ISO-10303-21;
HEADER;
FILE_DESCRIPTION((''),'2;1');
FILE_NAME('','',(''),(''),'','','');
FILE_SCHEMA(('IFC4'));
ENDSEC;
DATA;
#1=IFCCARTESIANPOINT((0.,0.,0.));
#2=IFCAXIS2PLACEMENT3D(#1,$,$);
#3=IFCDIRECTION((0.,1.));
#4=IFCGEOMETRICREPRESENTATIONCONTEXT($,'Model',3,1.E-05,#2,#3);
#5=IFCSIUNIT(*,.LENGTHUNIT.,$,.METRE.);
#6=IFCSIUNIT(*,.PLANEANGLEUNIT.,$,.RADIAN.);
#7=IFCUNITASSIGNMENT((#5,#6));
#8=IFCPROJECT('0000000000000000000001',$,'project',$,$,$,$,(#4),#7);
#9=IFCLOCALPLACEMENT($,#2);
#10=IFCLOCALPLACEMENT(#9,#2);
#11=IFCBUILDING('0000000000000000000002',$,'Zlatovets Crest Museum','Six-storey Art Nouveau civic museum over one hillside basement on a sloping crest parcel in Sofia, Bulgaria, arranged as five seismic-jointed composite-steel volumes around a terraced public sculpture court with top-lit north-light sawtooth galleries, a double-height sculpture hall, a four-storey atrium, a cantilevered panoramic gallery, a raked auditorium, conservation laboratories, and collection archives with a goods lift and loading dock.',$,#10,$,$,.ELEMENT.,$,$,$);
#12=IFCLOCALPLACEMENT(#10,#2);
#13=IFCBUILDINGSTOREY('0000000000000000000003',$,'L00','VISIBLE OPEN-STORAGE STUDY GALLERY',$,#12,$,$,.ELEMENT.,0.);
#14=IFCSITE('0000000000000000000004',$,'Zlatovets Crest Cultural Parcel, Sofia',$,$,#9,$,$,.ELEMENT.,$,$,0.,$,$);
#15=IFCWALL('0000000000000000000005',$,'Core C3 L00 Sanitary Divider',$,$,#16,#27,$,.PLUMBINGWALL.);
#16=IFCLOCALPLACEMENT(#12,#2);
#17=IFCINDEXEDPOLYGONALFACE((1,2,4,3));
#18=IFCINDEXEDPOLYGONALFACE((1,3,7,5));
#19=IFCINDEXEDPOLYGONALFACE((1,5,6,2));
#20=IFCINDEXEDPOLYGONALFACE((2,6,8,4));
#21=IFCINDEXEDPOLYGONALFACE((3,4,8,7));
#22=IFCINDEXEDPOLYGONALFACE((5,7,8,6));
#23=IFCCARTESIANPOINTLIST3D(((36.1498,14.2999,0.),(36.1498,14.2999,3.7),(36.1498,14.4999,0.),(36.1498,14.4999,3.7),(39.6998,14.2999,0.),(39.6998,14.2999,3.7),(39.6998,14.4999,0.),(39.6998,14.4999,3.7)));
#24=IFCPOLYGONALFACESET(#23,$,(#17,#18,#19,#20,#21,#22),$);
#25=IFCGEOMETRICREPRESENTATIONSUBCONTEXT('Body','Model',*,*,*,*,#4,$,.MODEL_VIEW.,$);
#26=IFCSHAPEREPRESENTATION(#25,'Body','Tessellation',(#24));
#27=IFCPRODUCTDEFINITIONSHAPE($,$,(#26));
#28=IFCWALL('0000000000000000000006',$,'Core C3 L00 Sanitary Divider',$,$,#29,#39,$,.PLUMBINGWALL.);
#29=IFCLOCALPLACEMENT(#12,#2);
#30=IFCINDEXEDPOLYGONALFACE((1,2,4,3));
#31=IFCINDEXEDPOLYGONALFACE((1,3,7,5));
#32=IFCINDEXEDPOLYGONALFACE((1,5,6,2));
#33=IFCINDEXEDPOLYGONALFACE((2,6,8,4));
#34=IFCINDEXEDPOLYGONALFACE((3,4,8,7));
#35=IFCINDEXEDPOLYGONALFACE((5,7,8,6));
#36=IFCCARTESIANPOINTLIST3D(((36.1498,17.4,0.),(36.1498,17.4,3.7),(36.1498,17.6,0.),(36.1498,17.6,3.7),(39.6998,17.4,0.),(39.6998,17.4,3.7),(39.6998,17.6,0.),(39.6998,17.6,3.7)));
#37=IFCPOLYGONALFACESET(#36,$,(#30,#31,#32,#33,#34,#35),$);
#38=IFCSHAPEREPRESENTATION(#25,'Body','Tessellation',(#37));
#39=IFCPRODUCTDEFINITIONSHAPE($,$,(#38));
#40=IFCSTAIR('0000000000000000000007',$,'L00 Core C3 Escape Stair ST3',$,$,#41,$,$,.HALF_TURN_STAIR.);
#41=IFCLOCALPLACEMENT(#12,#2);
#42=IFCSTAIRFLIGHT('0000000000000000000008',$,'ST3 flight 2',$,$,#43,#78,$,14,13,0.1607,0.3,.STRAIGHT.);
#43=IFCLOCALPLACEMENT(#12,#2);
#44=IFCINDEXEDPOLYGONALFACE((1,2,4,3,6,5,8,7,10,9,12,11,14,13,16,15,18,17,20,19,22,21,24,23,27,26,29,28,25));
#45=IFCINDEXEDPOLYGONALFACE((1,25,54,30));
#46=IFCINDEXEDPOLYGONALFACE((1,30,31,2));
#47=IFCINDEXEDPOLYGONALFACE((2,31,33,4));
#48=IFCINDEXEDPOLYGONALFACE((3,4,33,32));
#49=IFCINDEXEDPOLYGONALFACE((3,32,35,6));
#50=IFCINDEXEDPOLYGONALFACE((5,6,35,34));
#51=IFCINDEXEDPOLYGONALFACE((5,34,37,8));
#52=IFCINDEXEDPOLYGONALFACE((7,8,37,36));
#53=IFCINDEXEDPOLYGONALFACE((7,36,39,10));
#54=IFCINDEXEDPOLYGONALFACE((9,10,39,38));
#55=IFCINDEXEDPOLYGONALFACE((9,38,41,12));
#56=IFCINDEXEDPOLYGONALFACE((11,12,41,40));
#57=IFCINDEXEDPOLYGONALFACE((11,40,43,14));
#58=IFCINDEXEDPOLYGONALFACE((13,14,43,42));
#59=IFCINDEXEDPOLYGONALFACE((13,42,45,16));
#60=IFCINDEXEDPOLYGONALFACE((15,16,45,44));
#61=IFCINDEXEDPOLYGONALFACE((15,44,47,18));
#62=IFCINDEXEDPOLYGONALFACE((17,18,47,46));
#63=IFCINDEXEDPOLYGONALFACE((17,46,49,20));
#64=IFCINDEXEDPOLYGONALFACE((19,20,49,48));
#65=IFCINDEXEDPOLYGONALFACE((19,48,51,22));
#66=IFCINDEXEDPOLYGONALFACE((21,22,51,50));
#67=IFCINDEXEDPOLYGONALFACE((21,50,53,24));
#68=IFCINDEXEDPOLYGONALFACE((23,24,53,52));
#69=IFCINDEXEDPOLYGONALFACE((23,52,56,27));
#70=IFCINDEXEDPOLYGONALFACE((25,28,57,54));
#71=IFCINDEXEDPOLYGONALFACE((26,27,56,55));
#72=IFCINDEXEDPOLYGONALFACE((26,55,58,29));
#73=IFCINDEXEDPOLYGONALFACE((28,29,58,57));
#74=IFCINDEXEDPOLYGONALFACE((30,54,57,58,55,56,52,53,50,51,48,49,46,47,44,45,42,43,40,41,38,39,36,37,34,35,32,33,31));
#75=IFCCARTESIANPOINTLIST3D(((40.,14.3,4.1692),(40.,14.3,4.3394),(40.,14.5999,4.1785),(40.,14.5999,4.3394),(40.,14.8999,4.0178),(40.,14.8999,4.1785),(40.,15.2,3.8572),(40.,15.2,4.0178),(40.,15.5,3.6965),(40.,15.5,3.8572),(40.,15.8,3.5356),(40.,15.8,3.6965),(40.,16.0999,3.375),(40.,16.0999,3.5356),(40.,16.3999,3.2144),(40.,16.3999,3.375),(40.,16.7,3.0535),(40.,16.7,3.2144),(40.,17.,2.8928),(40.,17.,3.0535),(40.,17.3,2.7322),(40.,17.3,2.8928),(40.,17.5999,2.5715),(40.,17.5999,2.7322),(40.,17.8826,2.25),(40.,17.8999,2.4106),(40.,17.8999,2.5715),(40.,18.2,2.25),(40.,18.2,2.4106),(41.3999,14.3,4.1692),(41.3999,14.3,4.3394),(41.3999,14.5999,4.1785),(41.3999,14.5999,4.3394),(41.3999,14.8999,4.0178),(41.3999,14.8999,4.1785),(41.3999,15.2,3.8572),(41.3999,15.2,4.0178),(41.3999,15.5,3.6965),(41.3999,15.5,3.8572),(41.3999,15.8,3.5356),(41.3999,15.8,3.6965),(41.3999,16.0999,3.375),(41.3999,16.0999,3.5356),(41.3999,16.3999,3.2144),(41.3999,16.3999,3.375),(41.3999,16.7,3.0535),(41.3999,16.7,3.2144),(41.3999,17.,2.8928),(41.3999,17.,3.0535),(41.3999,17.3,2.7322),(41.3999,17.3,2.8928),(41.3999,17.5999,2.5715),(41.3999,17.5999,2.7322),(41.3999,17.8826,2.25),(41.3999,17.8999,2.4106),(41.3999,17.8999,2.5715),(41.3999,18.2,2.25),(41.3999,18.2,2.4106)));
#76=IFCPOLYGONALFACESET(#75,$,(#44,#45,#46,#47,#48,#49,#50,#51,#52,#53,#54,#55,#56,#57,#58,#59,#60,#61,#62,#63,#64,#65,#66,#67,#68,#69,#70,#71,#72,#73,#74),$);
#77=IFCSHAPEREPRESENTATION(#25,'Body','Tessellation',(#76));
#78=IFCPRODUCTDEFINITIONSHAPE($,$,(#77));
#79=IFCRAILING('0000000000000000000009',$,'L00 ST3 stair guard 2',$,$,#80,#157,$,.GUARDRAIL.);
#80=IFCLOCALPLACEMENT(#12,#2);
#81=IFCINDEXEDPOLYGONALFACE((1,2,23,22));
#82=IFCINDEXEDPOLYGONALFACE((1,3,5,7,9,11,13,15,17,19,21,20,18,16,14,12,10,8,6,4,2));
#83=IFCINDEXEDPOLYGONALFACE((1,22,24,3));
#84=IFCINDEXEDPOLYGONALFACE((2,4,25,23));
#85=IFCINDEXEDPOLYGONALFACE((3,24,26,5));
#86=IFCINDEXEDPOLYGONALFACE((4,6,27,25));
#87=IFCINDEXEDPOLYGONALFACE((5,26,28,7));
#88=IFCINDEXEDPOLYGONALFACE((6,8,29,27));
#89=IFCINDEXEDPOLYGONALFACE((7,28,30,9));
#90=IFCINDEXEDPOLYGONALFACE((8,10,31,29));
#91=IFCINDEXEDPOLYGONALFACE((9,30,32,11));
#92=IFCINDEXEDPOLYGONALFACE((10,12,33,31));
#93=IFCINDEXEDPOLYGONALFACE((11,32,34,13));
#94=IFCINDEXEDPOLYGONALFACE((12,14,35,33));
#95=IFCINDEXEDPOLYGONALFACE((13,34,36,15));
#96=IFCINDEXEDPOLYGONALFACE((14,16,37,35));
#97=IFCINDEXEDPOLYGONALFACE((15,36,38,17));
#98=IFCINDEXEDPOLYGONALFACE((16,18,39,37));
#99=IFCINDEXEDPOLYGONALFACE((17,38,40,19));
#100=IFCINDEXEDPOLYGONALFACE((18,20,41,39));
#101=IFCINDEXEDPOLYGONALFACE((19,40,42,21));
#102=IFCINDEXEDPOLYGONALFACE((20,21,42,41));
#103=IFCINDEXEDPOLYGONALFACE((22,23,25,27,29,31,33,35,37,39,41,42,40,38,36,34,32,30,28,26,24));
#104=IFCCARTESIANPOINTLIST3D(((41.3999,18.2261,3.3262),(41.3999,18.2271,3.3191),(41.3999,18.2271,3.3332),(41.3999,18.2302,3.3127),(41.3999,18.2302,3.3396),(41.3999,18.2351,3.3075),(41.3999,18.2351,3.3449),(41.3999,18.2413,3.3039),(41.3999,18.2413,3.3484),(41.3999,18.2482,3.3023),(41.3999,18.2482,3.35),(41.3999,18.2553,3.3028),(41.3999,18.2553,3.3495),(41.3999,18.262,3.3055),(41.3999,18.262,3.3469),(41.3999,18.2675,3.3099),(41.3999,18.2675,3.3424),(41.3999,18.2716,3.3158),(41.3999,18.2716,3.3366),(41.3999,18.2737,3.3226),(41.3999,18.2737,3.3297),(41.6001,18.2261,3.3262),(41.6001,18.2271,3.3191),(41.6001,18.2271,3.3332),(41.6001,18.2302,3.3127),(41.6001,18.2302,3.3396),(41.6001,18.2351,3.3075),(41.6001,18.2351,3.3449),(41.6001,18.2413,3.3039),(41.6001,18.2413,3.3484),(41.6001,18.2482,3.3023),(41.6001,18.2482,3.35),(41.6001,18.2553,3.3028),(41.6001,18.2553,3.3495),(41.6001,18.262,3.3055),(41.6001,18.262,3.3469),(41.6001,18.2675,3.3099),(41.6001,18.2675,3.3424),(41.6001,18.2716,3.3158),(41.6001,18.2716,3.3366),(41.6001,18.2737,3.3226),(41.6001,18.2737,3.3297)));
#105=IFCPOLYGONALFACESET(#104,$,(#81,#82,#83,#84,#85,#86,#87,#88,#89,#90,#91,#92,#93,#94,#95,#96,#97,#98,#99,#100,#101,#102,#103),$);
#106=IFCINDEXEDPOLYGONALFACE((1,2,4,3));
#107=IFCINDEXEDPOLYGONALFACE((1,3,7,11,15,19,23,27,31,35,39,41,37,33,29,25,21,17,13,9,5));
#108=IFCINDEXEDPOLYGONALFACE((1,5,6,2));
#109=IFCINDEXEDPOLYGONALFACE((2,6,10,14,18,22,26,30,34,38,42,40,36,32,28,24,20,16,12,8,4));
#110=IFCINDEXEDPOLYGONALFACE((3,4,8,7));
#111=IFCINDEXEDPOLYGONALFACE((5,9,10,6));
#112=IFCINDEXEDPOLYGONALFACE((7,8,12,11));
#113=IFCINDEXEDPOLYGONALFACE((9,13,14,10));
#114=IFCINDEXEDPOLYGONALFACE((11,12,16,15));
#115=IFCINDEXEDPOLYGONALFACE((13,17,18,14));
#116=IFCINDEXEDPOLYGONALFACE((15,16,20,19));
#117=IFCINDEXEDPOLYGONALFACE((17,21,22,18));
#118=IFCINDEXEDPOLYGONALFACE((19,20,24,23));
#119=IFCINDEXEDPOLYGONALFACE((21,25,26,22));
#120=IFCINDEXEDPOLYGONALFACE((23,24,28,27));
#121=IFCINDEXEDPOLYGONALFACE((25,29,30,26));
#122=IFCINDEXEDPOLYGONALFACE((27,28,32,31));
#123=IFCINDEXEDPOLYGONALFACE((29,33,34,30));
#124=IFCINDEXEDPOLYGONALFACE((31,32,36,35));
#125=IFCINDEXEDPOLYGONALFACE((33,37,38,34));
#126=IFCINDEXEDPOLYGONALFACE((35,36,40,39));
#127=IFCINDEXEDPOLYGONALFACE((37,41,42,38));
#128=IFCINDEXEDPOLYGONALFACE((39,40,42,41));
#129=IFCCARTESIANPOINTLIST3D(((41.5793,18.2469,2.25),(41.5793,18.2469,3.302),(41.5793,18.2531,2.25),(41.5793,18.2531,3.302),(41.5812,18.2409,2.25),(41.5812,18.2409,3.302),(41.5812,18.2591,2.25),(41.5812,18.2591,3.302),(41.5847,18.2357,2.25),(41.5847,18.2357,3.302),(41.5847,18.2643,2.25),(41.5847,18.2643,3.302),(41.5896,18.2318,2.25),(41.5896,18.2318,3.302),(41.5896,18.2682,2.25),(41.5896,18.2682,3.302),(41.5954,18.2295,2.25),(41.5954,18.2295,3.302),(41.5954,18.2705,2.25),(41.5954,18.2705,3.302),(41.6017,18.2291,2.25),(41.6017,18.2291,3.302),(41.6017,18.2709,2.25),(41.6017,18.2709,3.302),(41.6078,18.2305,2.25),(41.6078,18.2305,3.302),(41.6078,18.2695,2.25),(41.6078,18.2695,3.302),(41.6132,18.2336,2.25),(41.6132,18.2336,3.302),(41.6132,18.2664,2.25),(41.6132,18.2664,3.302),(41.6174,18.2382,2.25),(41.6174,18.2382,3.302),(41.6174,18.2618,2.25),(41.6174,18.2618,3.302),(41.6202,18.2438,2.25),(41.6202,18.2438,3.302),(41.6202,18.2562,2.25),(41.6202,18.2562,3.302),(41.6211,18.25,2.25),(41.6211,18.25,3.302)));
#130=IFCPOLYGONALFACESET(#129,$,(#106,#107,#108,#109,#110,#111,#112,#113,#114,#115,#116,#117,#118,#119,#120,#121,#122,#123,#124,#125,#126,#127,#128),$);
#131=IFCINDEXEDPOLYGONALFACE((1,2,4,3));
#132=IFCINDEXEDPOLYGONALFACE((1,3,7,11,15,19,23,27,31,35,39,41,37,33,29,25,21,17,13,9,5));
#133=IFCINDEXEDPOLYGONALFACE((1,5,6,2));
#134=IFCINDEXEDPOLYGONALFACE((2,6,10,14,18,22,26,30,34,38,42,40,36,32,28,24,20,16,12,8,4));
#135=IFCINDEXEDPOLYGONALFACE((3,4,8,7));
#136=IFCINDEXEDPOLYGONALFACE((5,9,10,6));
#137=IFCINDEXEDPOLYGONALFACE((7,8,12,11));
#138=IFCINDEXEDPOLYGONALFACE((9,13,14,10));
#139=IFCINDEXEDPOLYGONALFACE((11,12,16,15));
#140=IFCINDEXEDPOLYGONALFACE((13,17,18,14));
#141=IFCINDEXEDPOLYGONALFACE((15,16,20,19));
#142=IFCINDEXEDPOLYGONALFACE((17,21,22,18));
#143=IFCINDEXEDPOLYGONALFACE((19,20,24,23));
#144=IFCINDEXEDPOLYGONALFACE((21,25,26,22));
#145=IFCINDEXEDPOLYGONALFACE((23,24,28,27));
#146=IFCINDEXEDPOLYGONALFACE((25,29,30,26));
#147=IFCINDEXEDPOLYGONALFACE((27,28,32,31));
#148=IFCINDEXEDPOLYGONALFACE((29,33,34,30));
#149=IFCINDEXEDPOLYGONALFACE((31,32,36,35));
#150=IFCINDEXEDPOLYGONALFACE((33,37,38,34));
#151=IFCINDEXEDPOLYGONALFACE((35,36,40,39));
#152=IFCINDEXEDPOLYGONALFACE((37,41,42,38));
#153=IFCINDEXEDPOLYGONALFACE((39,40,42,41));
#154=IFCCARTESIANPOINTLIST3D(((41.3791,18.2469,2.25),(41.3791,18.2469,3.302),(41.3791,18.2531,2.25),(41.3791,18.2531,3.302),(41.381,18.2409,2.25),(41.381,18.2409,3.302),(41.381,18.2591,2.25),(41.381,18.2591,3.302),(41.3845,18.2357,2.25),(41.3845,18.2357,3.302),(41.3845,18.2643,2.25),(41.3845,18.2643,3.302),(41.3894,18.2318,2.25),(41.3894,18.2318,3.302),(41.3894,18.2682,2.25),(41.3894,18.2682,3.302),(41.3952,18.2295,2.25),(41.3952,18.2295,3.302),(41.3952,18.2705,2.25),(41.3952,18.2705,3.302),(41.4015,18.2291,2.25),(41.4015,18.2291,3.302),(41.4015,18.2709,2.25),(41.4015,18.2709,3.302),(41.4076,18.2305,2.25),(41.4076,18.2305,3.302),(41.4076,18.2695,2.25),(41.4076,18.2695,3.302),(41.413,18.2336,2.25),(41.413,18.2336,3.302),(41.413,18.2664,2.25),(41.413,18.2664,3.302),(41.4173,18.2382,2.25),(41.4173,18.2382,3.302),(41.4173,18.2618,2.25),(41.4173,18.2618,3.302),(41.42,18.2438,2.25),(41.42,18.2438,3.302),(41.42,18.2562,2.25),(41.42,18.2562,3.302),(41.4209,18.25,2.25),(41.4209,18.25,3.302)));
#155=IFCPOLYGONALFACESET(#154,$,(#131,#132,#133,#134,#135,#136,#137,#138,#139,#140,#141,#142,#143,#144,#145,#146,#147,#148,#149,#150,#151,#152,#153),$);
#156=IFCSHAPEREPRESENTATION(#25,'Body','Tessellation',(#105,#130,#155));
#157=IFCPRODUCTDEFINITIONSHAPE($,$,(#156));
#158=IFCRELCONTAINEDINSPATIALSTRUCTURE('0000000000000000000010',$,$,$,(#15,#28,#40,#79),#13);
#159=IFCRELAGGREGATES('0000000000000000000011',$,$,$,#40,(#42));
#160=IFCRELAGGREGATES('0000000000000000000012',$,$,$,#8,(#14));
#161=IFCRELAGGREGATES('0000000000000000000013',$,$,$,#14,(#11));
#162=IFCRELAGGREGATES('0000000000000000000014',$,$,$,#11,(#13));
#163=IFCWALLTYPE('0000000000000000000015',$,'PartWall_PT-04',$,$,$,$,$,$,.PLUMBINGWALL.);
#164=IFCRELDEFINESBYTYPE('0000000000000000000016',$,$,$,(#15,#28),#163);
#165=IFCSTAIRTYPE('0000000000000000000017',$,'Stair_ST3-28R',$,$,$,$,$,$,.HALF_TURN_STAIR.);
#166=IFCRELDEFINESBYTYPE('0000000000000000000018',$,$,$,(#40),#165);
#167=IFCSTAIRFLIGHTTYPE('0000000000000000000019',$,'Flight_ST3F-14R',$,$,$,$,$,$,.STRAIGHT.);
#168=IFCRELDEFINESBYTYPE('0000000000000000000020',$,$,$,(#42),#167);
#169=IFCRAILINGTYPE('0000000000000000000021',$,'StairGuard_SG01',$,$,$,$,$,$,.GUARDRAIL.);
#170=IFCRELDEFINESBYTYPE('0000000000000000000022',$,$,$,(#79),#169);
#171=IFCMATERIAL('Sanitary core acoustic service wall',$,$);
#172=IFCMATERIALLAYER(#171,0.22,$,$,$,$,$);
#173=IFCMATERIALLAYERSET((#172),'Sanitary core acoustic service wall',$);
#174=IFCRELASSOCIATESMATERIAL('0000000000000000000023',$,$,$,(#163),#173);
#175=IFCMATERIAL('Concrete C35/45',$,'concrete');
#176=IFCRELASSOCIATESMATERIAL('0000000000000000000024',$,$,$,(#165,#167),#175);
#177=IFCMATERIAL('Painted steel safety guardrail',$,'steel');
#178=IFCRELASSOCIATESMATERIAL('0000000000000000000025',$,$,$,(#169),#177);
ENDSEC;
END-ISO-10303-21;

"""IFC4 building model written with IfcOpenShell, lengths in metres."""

from ifc_helpers import new_model, si_unit, direction, frame, frame_2d, origin, origin_2d, place, context, subcontext, project, spatial, polyline, rectangle, circle, outline, extrude, material, layer, layer_set, type_object, element, aggregate, save


model = new_model("IFC4")

# Units and contexts
model_context = context("Model", 3, precision=1e-05, world=origin(), true_north=direction((0.0, 1.0)))
body_context = subcontext(model_context, "Body", "Model", "MODEL_VIEW")
ifc_project = project(units=[si_unit("LENGTHUNIT", "METRE"), si_unit("PLANEANGLEUNIT", "RADIAN")], contexts=[model_context])

# Site, building, storey
site_placement = place(None, origin())
site = spatial("IfcSite", under=ifc_project, at=site_placement, Name="Zlatovets Crest Cultural Parcel, Sofia", CompositionType="ELEMENT", RefElevation=0.0)
building_placement = place(site_placement, origin())
building = spatial("IfcBuilding", under=site, at=building_placement, Name="Zlatovets Crest Museum", Description="Six-storey Art Nouveau civic museum over one hillside basement on a sloping crest parcel in Sofia, Bulgaria, arranged as five seismic-jointed composite-steel volumes around a terraced public sculpture court with top-lit north-light sawtooth galleries, a double-height sculpture hall, a four-storey atrium, a cantilevered panoramic gallery, a raked auditorium, conservation laboratories, and collection archives with a goods lift and loading dock.", CompositionType="ELEMENT")
storey_placement = place(building_placement, origin())
storey = spatial("IfcBuildingStorey", under=building, at=storey_placement, Name="L00", Description="VISIBLE OPEN-STORAGE STUDY GALLERY", CompositionType="ELEMENT", Elevation=0.0)

# Shared definitions
ifc_material_1 = material(Name="Concrete C35/45", Category="concrete")

# Walls
ifc_material_2 = material(Name="Sanitary core acoustic service wall")
ifc_layer_1 = layer(ifc_material_2, 0.22)
ifc_layer_set_1 = layer_set([ifc_layer_1], Name="Sanitary core acoustic service wall")
wall_type_1 = type_object("IfcWallType", Name="PartWall_PT-04", PredefinedType="PLUMBINGWALL", material=ifc_layer_set_1)
for number, where, z_axis, x_axis, name in (
    (1, (36.1499, 14.3999, 0.0), (0.0, 0.0, 1.0), (1.0, 0.0, 0.0), "Core C3 L00 Sanitary Divider"),
    (2, (36.1499, 17.5, 0.0), (0.0, 0.0, 1.0), (1.0, 0.0, 0.0), "Core C3 L00 Sanitary Divider"),
):
    element("IfcWall", number, at=place(storey_placement, frame(where, z_axis=z_axis, x_axis=x_axis)), inside=storey, type_object=wall_type_1, Name=name, PredefinedType="PLUMBINGWALL", context=body_context, shape_type="SweptSolid", body=[
        extrude(rectangle(XDim=3.55, YDim=0.2, at=frame_2d((1.7749, 0.0))), origin(), (0.0, 0.0, 1.0), 3.7),
    ])

# Stair, stair flight
stair_type = type_object("IfcStairType", Name="Stair_ST3-28R", PredefinedType="HALF_TURN_STAIR", material=ifc_material_1)
stair_placement = place(storey_placement, origin())
stair = element("IfcStair", 3, at=stair_placement, inside=storey, type_object=stair_type, Name="L00 Core C3 Escape Stair ST3", PredefinedType="HALF_TURN_STAIR")
stair_flight_type = type_object("IfcStairFlightType", Name="Flight_ST3F-14R", PredefinedType="STRAIGHT", material=ifc_material_1)
stair_flight_placement = place(storey_placement, frame((40.7, 18.2, 2.25), z_axis=(0.0, 0.0, 1.0), x_axis=(0.0, -1.0, 0.0)))
stair_flight = element("IfcStairFlight", 4, at=stair_flight_placement, type_object=stair_flight_type, Name="ST3 flight 2", NumberOfRisers=14, NumberOfTreads=13, PredefinedType="STRAIGHT", RiserHeight=0.1607, TreadLength=0.3, context=body_context, shape_type="SweptSolid", body=[
    extrude(outline(polyline([(0.0, 0.0), (0.0, 0.1606), (0.3, 0.1606), (0.3, 0.3215), (0.6001, 0.3215), (0.6001, 0.4822), (0.8999, 0.4822), (0.8999, 0.6428), (1.2, 0.6428), (1.2, 0.8035), (1.5, 0.8035), (1.5, 0.9644), (1.8, 0.9644), (1.8, 1.125), (2.1001, 1.125), (2.1001, 1.2856), (2.3999, 1.2856), (2.3999, 1.4465), (2.7, 1.4465), (2.7, 1.6072), (3.0, 1.6072), (3.0, 1.7678), (3.3, 1.7678), (3.3, 1.9285), (3.6001, 1.9285), (3.6001, 2.0894), (3.8999, 2.0894), (3.8999, 2.25), (3.8999, 1.9192), (0.3174, 0.0), (0.0, 0.0)])), frame((0.0, 0.7, 0.0), z_axis=(0.0, -1.0, 0.0), x_axis=(1.0, 0.0, 0.0)), (0.0, 0.0, 1.0), 1.3999),
])
aggregate(stair, [stair_flight])

# Railing
ifc_material_3 = material(Name="Painted steel safety guardrail", Category="steel")
railing_type_1 = type_object("IfcRailingType", Name="StairGuard_SG01", PredefinedType="GUARDRAIL", material=ifc_material_3)
railing_1_placement = place(storey_placement, frame((41.6001, 18.25, 2.25)))
element("IfcRailing", 5, at=railing_1_placement, inside=storey, type_object=railing_type_1, Name="L00 ST3 stair guard 2", PredefinedType="GUARDRAIL", context=body_context, shape_type="SweptSolid", body=[
    extrude(circle(Radius=0.0239, at=origin_2d()), frame((0.0, 0.0, 1.0762), z_axis=(-1.0, 0.0, 0.0), x_axis=(0.0, -1.0, 0.0)), (0.0, 0.0, 1.0), 0.2002),
    extrude(circle(Radius=0.021, at=origin_2d()), origin(), (0.0, 0.0, 1.0), 1.052),
    extrude(circle(Radius=0.021, at=origin_2d()), frame((-0.2002, 0.0, 0.0)), (0.0, 0.0, 1.0), 1.052),
])

save(model, "model.ifc")
